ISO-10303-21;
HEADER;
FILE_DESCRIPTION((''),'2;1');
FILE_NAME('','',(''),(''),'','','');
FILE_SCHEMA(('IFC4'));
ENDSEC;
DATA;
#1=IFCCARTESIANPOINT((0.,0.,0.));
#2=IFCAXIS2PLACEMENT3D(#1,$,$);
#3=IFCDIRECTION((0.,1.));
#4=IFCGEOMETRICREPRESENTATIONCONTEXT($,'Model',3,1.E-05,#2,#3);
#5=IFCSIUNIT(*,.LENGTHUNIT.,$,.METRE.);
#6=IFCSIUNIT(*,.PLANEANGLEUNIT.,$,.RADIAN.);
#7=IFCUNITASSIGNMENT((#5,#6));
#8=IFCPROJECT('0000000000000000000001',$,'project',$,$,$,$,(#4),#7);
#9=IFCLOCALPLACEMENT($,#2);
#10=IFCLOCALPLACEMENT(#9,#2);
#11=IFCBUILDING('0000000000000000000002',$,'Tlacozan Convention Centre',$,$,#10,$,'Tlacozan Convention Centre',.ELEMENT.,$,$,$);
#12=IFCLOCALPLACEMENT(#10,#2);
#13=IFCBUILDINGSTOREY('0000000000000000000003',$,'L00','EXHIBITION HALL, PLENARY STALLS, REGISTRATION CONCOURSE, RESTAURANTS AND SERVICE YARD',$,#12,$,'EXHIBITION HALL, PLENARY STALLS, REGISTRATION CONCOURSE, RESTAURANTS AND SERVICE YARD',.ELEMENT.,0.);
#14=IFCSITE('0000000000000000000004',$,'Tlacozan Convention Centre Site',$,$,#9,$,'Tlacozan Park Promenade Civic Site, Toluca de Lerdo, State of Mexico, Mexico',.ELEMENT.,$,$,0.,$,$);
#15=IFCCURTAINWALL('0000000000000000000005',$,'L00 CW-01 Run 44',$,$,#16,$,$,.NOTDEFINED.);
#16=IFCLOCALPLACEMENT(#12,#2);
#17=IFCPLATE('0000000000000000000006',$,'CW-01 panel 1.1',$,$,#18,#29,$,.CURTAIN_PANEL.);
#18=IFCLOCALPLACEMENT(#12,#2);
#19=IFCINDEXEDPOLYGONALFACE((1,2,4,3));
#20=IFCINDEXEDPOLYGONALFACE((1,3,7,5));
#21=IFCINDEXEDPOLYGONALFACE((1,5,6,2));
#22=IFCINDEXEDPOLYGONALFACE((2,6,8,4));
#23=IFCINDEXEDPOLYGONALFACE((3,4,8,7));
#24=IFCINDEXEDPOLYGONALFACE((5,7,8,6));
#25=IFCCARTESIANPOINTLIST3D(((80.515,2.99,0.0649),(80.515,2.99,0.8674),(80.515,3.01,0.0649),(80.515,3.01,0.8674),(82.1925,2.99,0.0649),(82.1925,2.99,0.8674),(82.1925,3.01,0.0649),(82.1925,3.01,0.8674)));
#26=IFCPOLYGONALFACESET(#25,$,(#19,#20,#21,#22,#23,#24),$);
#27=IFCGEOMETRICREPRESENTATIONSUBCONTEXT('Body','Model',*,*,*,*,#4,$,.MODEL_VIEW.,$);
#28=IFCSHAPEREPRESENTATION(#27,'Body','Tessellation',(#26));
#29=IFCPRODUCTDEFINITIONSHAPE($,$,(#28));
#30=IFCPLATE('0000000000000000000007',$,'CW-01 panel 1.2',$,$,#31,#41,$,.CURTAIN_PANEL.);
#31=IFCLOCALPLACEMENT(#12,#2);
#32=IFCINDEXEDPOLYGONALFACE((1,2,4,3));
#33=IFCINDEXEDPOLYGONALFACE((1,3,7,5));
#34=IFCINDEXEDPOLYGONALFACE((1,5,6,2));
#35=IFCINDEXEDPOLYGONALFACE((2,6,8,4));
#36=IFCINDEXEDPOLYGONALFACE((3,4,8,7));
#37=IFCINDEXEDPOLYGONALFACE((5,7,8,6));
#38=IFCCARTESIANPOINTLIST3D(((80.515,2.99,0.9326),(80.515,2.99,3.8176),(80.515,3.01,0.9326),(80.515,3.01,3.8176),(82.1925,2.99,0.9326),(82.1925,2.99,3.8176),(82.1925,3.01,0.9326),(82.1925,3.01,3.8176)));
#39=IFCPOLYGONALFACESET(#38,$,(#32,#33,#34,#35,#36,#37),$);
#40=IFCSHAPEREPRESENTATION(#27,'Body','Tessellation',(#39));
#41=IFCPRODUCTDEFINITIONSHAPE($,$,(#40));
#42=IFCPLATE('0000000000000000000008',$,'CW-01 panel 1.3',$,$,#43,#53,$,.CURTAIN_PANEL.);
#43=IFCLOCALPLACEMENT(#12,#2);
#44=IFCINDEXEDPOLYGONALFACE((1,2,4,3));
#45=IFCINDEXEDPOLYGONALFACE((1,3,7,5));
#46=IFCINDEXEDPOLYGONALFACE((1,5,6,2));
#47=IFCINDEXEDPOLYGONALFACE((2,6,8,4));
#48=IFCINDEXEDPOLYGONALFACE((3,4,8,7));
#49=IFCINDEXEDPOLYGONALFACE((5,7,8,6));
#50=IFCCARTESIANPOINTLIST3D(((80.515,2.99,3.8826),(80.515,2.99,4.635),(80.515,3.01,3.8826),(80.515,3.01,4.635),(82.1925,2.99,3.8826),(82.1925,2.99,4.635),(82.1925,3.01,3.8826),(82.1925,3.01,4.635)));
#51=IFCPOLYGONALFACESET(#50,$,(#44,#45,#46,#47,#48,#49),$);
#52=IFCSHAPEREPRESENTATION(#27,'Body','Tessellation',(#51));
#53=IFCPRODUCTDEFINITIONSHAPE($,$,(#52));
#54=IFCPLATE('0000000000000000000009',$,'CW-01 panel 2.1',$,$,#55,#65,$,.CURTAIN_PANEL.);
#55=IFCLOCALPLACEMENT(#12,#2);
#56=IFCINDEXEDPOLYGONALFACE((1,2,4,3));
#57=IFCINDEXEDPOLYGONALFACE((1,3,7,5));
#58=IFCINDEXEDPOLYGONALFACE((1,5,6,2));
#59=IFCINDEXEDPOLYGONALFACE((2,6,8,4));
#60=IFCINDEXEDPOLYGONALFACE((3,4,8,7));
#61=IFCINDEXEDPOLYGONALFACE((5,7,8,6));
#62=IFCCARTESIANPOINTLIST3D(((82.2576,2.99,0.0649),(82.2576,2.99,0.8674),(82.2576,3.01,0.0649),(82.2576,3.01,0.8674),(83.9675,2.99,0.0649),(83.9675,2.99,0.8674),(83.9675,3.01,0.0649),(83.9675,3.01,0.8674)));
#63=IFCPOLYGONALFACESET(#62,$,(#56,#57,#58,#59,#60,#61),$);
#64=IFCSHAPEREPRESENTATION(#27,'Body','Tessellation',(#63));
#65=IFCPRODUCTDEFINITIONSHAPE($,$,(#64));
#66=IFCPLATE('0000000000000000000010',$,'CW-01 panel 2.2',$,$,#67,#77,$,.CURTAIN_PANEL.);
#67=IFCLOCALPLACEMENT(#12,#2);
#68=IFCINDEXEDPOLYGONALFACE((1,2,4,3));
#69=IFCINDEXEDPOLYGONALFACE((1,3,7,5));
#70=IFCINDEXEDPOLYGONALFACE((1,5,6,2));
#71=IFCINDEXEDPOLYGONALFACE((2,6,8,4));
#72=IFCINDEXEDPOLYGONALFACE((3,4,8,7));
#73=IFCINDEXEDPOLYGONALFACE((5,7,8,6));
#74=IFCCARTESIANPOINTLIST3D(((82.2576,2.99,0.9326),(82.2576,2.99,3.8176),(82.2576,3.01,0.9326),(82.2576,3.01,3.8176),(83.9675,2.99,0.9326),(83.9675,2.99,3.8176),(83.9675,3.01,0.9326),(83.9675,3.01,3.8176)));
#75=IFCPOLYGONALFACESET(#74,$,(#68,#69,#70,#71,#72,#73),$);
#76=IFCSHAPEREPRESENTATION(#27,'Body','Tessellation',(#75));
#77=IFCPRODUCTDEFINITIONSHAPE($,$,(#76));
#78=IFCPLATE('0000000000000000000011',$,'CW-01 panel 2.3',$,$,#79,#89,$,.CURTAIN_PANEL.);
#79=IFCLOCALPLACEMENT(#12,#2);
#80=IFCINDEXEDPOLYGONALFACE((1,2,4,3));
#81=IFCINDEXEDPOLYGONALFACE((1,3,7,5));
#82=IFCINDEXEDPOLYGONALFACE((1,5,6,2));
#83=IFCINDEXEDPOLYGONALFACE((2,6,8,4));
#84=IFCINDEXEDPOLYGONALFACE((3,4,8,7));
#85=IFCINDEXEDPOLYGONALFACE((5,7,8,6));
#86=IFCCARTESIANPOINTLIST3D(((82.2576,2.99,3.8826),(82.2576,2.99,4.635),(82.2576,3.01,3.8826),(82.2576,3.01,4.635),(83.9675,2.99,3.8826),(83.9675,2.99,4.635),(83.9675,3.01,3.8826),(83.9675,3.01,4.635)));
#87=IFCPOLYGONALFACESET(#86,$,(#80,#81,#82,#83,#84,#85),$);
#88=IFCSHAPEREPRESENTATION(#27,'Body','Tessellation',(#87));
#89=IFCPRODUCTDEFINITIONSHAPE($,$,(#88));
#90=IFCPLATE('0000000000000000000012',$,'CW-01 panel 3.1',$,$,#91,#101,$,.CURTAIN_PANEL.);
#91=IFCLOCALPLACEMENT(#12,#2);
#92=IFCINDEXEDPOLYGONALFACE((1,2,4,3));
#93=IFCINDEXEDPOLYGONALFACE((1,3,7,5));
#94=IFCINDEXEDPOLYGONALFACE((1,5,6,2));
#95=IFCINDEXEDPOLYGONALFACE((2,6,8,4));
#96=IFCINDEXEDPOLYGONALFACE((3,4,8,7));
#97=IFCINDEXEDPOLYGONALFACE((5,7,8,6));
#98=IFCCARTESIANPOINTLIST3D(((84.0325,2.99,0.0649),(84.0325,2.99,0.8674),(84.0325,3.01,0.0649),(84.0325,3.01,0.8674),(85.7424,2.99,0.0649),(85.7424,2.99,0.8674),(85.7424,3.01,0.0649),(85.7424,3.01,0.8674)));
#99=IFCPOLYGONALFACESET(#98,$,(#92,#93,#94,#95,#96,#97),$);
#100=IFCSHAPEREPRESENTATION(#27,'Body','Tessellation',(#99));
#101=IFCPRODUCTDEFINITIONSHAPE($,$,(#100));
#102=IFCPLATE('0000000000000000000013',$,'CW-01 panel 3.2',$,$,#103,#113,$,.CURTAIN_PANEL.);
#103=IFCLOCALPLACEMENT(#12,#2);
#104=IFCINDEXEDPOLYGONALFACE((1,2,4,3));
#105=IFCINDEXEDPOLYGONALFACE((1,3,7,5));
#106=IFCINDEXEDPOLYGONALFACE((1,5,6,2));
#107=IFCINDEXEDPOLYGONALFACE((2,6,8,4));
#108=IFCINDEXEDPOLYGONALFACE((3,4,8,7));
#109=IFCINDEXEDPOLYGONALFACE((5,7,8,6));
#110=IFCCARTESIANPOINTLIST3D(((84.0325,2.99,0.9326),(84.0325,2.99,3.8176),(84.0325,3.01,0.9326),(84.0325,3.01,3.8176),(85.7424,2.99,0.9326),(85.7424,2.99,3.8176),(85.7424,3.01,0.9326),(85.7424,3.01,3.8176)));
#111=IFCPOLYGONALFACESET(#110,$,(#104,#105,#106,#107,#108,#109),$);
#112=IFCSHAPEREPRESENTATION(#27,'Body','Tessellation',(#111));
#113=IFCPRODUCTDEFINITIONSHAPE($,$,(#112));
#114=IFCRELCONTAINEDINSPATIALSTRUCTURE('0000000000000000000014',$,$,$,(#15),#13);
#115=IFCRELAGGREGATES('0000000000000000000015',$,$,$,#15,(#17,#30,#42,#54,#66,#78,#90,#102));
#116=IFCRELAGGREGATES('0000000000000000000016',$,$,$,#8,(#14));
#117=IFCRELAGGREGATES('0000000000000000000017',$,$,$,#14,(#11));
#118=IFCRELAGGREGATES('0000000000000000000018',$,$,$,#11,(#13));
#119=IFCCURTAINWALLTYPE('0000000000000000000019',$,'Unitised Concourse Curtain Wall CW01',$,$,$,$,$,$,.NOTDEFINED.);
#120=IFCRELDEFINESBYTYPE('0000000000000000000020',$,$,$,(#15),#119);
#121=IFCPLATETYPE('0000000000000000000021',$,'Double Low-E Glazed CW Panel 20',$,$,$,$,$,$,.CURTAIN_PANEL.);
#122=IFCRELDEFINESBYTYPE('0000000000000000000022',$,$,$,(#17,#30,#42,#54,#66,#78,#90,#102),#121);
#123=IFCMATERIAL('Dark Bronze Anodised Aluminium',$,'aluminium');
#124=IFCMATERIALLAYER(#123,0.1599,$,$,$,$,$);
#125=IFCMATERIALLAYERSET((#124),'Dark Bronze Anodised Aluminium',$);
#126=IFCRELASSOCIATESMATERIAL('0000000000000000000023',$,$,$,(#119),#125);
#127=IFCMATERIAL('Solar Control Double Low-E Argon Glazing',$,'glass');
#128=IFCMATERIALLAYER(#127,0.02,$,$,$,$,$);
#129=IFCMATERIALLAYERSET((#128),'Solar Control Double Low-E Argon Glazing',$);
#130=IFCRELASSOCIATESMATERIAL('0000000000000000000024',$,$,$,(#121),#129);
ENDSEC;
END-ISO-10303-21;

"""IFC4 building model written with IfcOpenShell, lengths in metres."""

from ifc_helpers import new_model, si_unit, direction, frame, origin, origin_2d, place, context, subcontext, project, spatial, rectangle, extrude, material, layer, layer_set, type_object, element, aggregate, save


model = new_model("IFC4")

# Units and contexts
model_context = context("Model", 3, precision=1e-05, world=origin(), true_north=direction((0.0, 1.0)))
body_context = subcontext(model_context, "Body", "Model", "MODEL_VIEW")
ifc_project = project(units=[si_unit("LENGTHUNIT", "METRE"), si_unit("PLANEANGLEUNIT", "RADIAN")], contexts=[model_context])

# Site, building, storey
site_placement = place(None, origin())
site = spatial("IfcSite", under=ifc_project, at=site_placement, Name="Tlacozan Convention Centre Site", LongName="Tlacozan Park Promenade Civic Site, Toluca de Lerdo, State of Mexico, Mexico", CompositionType="ELEMENT", RefElevation=0.0)
building_placement = place(site_placement, origin())
building = spatial("IfcBuilding", under=site, at=building_placement, Name="Tlacozan Convention Centre", LongName="Tlacozan Convention Centre", CompositionType="ELEMENT")
storey_placement = place(building_placement, origin())
storey = spatial("IfcBuildingStorey", under=building, at=storey_placement, Name="L00", Description="EXHIBITION HALL, PLENARY STALLS, REGISTRATION CONCOURSE, RESTAURANTS AND SERVICE YARD", LongName="EXHIBITION HALL, PLENARY STALLS, REGISTRATION CONCOURSE, RESTAURANTS AND SERVICE YARD", CompositionType="ELEMENT", Elevation=0.0)

# Curtain wall, plates
ifc_material_1 = material(Name="Dark Bronze Anodised Aluminium", Category="aluminium")
ifc_layer_1 = layer(ifc_material_1, 0.1599)
ifc_layer_set_1 = layer_set([ifc_layer_1], Name="Dark Bronze Anodised Aluminium")
curtain_wall_type = type_object("IfcCurtainWallType", Name="Unitised Concourse Curtain Wall CW01", PredefinedType="NOTDEFINED", material=ifc_layer_set_1)
curtain_wall_placement = place(storey_placement, origin())
curtain_wall = element("IfcCurtainWall", 1, at=curtain_wall_placement, inside=storey, type_object=curtain_wall_type, Name="L00 CW-01 Run 44", PredefinedType="NOTDEFINED")
ifc_material_2 = material(Name="Solar Control Double Low-E Argon Glazing", Category="glass")
ifc_layer_2 = layer(ifc_material_2, 0.02)
ifc_layer_set_2 = layer_set([ifc_layer_2], Name="Solar Control Double Low-E Argon Glazing")
plate_type = type_object("IfcPlateType", Name="Double Low-E Glazed CW Panel 20", PredefinedType="CURTAIN_PANEL", material=ifc_layer_set_2)
plate_1_placement = place(storey_placement, frame((81.3538, 3.0, 0.0649), z_axis=(0.0, 0.0, 1.0), x_axis=(1.0, 0.0, 0.0)))
plate_1 = element("IfcPlate", 2, at=plate_1_placement, type_object=plate_type, Name="CW-01 panel 1.1", PredefinedType="CURTAIN_PANEL", context=body_context, shape_type="SweptSolid", body=[
    extrude(rectangle(XDim=1.6775, YDim=0.02, at=origin_2d()), origin(), (0.0, 0.0, 1.0), 0.8025),
])
plate_2_placement = place(storey_placement, frame((81.3538, 3.0, 0.9326), z_axis=(0.0, 0.0, 1.0), x_axis=(1.0, 0.0, 0.0)))
plate_2 = element("IfcPlate", 3, at=plate_2_placement, type_object=plate_type, Name="CW-01 panel 1.2", PredefinedType="CURTAIN_PANEL", context=body_context, shape_type="SweptSolid", body=[
    extrude(rectangle(XDim=1.6775, YDim=0.02, at=origin_2d()), origin(), (0.0, 0.0, 1.0), 2.885),
])
plate_3_placement = place(storey_placement, frame((81.3538, 3.0, 3.8826), z_axis=(0.0, 0.0, 1.0), x_axis=(1.0, 0.0, 0.0)))
plate_3 = element("IfcPlate", 4, at=plate_3_placement, type_object=plate_type, Name="CW-01 panel 1.3", PredefinedType="CURTAIN_PANEL", context=body_context, shape_type="SweptSolid", body=[
    extrude(rectangle(XDim=1.6775, YDim=0.02, at=origin_2d()), origin(), (0.0, 0.0, 1.0), 0.7524),
])
plate_4_placement = place(storey_placement, frame((83.1125, 3.0, 0.0649), z_axis=(0.0, 0.0, 1.0), x_axis=(1.0, 0.0, 0.0)))
plate_4 = element("IfcPlate", 5, at=plate_4_placement, type_object=plate_type, Name="CW-01 panel 2.1", PredefinedType="CURTAIN_PANEL", context=body_context, shape_type="SweptSolid", body=[
    extrude(rectangle(XDim=1.71, YDim=0.02, at=origin_2d()), origin(), (0.0, 0.0, 1.0), 0.8025),
])
plate_5_placement = place(storey_placement, frame((83.1125, 3.0, 0.9326), z_axis=(0.0, 0.0, 1.0), x_axis=(1.0, 0.0, 0.0)))
plate_5 = element("IfcPlate", 6, at=plate_5_placement, type_object=plate_type, Name="CW-01 panel 2.2", PredefinedType="CURTAIN_PANEL", context=body_context, shape_type="SweptSolid", body=[
    extrude(rectangle(XDim=1.71, YDim=0.02, at=origin_2d()), origin(), (0.0, 0.0, 1.0), 2.885),
])
plate_6_placement = place(storey_placement, frame((83.1125, 3.0, 3.8826), z_axis=(0.0, 0.0, 1.0), x_axis=(1.0, 0.0, 0.0)))
plate_6 = element("IfcPlate", 7, at=plate_6_placement, type_object=plate_type, Name="CW-01 panel 2.3", PredefinedType="CURTAIN_PANEL", context=body_context, shape_type="SweptSolid", body=[
    extrude(rectangle(XDim=1.71, YDim=0.02, at=origin_2d()), origin(), (0.0, 0.0, 1.0), 0.7524),
])
plate_7_placement = place(storey_placement, frame((84.8875, 3.0, 0.0649), z_axis=(0.0, 0.0, 1.0), x_axis=(1.0, 0.0, 0.0)))
plate_7 = element("IfcPlate", 8, at=plate_7_placement, type_object=plate_type, Name="CW-01 panel 3.1", PredefinedType="CURTAIN_PANEL", context=body_context, shape_type="SweptSolid", body=[
    extrude(rectangle(XDim=1.71, YDim=0.02, at=origin_2d()), origin(), (0.0, 0.0, 1.0), 0.8025),
])
plate_8_placement = place(storey_placement, frame((84.8875, 3.0, 0.9326), z_axis=(0.0, 0.0, 1.0), x_axis=(1.0, 0.0, 0.0)))
plate_8 = element("IfcPlate", 9, at=plate_8_placement, type_object=plate_type, Name="CW-01 panel 3.2", PredefinedType="CURTAIN_PANEL", context=body_context, shape_type="SweptSolid", body=[
    extrude(rectangle(XDim=1.71, YDim=0.02, at=origin_2d()), origin(), (0.0, 0.0, 1.0), 2.885),
])
aggregate(curtain_wall, [plate_1, plate_2, plate_3, plate_4, plate_5, plate_6, plate_7, plate_8])

save(model, "model.ifc")
